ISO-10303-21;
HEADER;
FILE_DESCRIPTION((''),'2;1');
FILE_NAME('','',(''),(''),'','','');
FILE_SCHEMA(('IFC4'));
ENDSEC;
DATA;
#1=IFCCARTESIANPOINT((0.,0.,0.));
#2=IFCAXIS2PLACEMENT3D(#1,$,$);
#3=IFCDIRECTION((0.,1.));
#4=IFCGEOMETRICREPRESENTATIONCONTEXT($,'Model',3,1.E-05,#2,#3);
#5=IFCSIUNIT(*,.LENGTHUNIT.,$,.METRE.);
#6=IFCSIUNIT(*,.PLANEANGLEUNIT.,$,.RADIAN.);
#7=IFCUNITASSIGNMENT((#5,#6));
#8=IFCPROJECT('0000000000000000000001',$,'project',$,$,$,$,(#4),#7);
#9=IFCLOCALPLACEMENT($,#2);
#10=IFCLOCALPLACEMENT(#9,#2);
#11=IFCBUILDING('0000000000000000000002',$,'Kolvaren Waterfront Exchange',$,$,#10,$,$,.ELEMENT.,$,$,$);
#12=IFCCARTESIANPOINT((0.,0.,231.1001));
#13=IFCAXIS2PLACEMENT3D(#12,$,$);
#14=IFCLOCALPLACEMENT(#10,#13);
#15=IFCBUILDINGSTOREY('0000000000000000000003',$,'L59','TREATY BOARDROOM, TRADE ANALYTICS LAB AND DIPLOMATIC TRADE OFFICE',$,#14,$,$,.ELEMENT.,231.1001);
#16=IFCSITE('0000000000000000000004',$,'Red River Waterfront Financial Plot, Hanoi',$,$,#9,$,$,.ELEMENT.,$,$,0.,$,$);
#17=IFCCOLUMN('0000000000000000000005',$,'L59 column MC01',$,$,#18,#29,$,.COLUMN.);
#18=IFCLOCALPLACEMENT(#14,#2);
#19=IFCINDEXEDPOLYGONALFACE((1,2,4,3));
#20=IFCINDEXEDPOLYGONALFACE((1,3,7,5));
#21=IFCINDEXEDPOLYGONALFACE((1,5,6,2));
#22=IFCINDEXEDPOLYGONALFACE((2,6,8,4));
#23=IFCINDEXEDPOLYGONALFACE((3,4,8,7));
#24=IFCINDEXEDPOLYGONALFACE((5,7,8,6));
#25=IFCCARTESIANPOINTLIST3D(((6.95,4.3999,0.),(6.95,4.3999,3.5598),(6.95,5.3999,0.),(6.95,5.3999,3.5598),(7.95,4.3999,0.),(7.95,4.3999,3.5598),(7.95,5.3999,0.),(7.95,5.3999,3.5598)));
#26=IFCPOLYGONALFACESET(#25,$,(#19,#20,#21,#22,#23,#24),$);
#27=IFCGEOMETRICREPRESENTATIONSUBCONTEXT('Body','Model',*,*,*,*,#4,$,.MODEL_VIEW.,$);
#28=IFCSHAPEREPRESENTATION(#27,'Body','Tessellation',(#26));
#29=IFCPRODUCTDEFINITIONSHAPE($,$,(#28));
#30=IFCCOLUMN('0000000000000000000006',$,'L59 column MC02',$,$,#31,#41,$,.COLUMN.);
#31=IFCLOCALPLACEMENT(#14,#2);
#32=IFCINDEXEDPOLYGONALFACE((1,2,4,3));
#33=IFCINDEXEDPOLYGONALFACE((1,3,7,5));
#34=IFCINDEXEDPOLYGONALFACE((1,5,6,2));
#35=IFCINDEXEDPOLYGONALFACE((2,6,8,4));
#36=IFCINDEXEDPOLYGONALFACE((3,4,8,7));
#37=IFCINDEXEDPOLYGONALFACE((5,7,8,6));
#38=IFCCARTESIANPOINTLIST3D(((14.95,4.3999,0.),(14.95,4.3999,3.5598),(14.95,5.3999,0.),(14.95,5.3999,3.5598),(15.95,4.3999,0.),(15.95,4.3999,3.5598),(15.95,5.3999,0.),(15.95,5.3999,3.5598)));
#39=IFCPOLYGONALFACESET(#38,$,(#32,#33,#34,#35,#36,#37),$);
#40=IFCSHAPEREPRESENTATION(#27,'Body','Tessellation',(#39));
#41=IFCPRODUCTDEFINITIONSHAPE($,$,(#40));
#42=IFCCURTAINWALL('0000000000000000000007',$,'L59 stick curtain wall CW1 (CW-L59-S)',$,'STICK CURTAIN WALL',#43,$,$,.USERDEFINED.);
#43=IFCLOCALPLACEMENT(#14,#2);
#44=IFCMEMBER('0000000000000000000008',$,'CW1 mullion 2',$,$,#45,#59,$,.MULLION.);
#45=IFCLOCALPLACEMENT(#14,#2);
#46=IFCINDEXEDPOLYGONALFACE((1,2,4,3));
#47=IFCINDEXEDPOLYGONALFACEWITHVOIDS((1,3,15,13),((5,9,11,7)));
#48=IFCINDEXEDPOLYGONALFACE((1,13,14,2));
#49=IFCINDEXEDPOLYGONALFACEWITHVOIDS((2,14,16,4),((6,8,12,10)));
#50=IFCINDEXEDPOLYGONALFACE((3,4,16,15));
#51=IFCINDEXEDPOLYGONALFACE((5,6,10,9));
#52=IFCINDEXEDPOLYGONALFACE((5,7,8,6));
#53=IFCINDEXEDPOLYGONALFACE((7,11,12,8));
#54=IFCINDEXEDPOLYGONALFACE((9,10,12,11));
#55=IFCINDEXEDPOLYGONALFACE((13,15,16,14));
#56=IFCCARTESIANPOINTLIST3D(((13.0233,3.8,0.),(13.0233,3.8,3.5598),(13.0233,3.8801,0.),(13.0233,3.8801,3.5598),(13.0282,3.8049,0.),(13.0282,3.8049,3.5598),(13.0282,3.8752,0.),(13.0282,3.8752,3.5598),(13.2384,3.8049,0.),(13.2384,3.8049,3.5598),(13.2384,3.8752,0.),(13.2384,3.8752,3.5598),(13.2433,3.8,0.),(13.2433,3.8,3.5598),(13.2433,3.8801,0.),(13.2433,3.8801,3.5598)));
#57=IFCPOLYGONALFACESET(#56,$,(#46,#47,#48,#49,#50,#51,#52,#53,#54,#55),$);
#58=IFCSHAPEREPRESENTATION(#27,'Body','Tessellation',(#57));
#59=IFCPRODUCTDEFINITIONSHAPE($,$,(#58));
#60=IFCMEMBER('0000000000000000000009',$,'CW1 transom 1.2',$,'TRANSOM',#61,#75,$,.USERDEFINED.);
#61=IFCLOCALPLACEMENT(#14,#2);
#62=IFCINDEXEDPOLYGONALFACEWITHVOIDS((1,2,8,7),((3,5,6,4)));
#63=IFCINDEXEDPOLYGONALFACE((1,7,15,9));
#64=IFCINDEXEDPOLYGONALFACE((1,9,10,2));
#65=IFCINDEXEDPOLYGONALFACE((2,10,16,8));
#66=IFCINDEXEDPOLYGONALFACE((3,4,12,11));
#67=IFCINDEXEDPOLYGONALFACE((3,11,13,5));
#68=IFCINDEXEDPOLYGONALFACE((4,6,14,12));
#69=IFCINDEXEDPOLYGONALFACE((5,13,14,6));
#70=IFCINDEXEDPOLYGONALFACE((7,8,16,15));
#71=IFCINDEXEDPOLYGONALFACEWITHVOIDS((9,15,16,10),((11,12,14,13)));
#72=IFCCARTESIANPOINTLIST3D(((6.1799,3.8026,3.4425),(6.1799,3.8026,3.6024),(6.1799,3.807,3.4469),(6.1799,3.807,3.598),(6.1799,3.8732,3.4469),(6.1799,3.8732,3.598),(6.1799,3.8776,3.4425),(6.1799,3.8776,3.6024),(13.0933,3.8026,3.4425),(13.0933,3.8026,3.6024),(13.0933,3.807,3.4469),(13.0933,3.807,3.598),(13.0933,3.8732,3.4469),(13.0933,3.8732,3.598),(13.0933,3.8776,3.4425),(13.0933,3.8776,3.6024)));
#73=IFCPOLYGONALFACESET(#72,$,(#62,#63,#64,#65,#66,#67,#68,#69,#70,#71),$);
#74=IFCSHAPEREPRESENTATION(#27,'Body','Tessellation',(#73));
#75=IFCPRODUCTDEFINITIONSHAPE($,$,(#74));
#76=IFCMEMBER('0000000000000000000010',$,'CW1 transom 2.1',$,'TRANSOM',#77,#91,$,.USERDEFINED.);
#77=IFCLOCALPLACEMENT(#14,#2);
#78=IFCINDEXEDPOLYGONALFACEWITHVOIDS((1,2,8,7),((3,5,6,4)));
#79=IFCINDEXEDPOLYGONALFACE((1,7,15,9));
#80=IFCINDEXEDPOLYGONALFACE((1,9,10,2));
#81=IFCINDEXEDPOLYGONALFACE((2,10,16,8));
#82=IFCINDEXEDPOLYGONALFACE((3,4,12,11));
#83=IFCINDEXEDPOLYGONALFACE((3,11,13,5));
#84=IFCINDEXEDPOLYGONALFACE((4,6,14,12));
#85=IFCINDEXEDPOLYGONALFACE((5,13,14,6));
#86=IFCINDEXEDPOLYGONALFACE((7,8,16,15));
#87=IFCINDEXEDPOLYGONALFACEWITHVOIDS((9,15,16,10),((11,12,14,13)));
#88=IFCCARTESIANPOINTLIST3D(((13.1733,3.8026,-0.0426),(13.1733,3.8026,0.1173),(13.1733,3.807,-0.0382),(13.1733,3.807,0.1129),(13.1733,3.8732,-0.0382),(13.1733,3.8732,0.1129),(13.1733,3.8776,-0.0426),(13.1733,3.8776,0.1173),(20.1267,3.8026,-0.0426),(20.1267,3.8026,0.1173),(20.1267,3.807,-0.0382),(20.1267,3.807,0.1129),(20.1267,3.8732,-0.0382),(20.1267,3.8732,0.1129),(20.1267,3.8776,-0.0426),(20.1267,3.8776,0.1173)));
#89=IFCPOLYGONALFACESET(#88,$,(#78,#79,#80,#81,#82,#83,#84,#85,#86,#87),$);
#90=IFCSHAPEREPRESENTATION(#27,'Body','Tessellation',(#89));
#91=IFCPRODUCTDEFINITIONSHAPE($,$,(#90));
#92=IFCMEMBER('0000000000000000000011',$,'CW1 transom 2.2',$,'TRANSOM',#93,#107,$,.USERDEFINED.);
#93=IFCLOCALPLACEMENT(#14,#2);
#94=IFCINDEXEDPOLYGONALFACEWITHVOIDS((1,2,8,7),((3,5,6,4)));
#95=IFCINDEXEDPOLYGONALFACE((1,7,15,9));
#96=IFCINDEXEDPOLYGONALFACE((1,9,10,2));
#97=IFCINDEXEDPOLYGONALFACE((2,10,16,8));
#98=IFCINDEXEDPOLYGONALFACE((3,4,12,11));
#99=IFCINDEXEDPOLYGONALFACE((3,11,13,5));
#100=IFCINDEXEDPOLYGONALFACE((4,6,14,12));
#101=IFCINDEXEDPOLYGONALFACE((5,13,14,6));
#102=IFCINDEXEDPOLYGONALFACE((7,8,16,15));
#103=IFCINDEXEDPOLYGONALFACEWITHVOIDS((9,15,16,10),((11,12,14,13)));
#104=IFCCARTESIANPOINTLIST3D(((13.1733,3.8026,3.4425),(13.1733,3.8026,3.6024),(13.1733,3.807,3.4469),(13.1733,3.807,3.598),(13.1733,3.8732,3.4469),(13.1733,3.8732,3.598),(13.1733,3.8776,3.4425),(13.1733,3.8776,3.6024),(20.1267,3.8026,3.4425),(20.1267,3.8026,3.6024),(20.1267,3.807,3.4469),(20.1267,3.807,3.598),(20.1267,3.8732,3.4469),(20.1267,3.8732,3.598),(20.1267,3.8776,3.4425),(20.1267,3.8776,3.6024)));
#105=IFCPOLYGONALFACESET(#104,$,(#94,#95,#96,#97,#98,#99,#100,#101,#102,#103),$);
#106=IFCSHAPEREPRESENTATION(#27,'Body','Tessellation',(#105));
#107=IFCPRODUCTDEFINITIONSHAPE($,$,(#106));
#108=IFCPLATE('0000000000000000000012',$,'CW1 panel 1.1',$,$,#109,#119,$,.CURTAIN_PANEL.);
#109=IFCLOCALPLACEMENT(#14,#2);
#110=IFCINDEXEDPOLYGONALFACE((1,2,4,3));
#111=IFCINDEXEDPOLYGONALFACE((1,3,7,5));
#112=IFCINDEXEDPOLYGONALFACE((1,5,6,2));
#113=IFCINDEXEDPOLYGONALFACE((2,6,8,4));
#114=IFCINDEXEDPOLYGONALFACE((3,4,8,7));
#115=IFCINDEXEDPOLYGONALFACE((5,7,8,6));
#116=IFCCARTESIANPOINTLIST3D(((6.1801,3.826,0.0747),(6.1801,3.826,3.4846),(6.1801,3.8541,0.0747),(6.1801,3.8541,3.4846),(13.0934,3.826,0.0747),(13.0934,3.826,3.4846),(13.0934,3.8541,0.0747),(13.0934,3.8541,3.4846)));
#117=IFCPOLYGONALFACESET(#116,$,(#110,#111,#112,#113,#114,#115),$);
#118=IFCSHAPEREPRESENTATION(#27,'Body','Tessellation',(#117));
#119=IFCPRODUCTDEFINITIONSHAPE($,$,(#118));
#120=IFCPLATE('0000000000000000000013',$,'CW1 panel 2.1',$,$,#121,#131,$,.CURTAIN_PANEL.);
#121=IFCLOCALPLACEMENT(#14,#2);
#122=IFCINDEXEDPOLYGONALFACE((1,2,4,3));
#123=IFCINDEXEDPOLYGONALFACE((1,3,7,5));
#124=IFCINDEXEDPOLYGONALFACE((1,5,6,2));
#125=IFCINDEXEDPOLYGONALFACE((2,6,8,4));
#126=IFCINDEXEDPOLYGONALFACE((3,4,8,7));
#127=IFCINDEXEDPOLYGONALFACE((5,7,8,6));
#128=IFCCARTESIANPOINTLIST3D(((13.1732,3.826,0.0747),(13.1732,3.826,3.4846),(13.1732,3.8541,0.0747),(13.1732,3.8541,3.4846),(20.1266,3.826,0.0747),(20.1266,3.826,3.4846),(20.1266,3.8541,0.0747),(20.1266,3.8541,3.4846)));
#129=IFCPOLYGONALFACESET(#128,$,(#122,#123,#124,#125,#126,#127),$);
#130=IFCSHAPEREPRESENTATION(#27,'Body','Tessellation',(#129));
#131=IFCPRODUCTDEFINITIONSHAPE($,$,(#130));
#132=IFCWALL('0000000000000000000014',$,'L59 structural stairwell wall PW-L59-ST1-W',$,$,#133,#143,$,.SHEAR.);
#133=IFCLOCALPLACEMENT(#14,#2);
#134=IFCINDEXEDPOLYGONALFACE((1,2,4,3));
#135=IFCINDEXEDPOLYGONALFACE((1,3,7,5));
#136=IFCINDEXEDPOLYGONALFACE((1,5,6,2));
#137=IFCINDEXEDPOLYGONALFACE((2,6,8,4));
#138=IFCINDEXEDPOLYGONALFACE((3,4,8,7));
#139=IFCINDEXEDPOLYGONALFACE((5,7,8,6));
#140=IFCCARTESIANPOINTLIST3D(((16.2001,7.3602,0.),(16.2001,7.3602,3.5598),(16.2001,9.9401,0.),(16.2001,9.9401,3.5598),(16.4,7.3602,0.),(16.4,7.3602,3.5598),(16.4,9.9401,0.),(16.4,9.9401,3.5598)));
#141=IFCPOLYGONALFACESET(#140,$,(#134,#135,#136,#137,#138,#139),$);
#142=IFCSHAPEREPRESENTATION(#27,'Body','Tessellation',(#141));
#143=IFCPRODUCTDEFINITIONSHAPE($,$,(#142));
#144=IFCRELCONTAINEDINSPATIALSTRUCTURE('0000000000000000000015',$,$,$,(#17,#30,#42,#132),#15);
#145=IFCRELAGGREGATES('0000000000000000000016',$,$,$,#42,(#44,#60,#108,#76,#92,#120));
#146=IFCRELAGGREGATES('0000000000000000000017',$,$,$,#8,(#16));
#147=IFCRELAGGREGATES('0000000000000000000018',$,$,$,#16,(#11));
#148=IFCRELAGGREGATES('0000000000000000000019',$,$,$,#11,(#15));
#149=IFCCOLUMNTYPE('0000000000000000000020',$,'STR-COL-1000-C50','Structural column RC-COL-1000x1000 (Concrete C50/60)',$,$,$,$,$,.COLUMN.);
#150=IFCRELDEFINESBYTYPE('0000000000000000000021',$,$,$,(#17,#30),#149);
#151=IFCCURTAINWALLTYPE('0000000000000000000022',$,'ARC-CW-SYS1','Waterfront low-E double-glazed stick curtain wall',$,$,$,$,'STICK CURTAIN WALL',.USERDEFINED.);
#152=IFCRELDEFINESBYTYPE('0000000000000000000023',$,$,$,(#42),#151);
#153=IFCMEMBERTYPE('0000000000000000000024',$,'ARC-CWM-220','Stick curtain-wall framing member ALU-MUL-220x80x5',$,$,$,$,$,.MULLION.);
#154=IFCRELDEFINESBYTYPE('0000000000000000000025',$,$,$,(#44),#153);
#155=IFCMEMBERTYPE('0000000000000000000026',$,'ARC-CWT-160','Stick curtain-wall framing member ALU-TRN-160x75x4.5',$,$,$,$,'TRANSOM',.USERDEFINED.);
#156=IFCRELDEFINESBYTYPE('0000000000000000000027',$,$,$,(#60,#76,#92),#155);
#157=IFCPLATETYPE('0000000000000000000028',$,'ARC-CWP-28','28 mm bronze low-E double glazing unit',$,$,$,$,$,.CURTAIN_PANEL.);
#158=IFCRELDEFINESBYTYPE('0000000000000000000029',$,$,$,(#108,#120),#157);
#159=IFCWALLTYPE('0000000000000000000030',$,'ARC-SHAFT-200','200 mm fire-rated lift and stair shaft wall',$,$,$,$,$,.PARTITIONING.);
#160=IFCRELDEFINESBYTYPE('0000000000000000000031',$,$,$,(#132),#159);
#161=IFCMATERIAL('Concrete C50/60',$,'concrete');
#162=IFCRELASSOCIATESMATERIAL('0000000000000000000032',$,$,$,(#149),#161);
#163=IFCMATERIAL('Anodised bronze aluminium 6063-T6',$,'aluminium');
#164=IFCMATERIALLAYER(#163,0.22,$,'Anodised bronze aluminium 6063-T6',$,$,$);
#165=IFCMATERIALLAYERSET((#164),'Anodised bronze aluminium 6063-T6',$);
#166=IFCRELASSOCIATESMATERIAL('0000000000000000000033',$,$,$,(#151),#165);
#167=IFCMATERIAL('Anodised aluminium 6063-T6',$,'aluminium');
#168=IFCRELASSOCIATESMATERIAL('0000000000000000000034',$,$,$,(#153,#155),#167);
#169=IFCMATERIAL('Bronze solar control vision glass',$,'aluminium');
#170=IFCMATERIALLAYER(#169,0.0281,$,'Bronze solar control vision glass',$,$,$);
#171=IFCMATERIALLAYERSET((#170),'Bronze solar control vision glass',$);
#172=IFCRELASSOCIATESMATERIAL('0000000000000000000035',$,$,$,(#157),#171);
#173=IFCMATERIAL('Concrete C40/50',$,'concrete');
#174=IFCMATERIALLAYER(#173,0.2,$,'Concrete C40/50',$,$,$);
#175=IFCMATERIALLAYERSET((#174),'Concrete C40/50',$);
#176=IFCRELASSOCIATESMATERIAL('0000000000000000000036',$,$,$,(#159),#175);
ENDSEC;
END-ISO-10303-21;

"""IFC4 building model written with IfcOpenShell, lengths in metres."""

from ifc_helpers import new_model, si_unit, direction, frame, frame_2d, origin, origin_with_axes, origin_2d, place, context, subcontext, project, spatial, rectangle, hollow_rectangle, extrude, source, transform, mapped, material, layer, layer_set, material_profile, profile_set, type_object, element, aggregate, save


model = new_model("IFC4")

# Units and contexts
model_context = context("Model", 3, precision=1e-05, world=origin(), true_north=direction((0.0, 1.0)))
body_context = subcontext(model_context, "Body", "Model", "MODEL_VIEW")
ifc_project = project(units=[si_unit("LENGTHUNIT", "METRE"), si_unit("PLANEANGLEUNIT", "RADIAN")], contexts=[model_context])

# Site, building, storey
site_placement = place(None, origin())
site = spatial("IfcSite", under=ifc_project, at=site_placement, Name="Red River Waterfront Financial Plot, Hanoi", CompositionType="ELEMENT", RefElevation=0.0)
building_placement = place(site_placement, origin())
building = spatial("IfcBuilding", under=site, at=building_placement, Name="Kolvaren Waterfront Exchange", CompositionType="ELEMENT")
storey_placement = place(building_placement, frame((0.0, 0.0, 231.1001)))
storey = spatial("IfcBuildingStorey", under=building, at=storey_placement, Name="L59", Description="TREATY BOARDROOM, TRADE ANALYTICS LAB AND DIPLOMATIC TRADE OFFICE", CompositionType="ELEMENT", Elevation=231.1001)

# Columns
ifc_material_1 = material(Name="Concrete C50/60", Category="concrete")
ifc_material_profile_1 = material_profile(ifc_material_1, rectangle(XDim=1.0, YDim=1.0, at=origin_2d()), Name="RC-COL-1000x1000")
ifc_profile_set_1 = profile_set([ifc_material_profile_1], Name="Concrete C50/60")
column_type = type_object("IfcColumnType", Name="STR-COL-1000-C50", Description="Structural column RC-COL-1000x1000 (Concrete C50/60)", PredefinedType="COLUMN", material=ifc_profile_set_1)
for number, where, z_axis, x_axis, name in (
    (1, (7.45, 4.8999, 0.0), (0.0, 0.0, 1.0), (1.0, 0.0, 0.0), "L59 column MC01"),
    (2, (15.45, 4.8999, 0.0), (0.0, 0.0, 1.0), (1.0, 0.0, 0.0), "L59 column MC02"),
):
    element("IfcColumn", number, at=place(storey_placement, frame(where, z_axis=z_axis, x_axis=x_axis)), inside=storey, type_object=column_type, Name=name, PredefinedType="COLUMN", context=body_context, shape_type="SweptSolid", body=[
        extrude(rectangle(XDim=1.0, YDim=1.0, at=origin_2d()), origin(), (0.0, 0.0, 1.0), 3.5598),
    ])

# Curtain wall, members, plates
ifc_material_2 = material(Name="Anodised bronze aluminium 6063-T6", Category="aluminium")
ifc_layer_1 = layer(ifc_material_2, 0.22, Name="Anodised bronze aluminium 6063-T6")
ifc_layer_set_1 = layer_set([ifc_layer_1], Name="Anodised bronze aluminium 6063-T6")
curtain_wall_type = type_object("IfcCurtainWallType", Name="ARC-CW-SYS1", Description="Waterfront low-E double-glazed stick curtain wall", ElementType="STICK CURTAIN WALL", PredefinedType="USERDEFINED", material=ifc_layer_set_1)
curtain_wall_placement = place(storey_placement, origin())
curtain_wall = element("IfcCurtainWall", 3, at=curtain_wall_placement, inside=storey, type_object=curtain_wall_type, Name="L59 stick curtain wall CW1 (CW-L59-S)", ObjectType="STICK CURTAIN WALL", PredefinedType="USERDEFINED")
ifc_material_3 = material(Name="Anodised aluminium 6063-T6", Category="aluminium")
ifc_material_profile_2 = material_profile(ifc_material_3, hollow_rectangle(XDim=0.0801, YDim=0.22, WallThickness=0.0049, at=origin_2d()), Name="ALU-MUL-220x80x5")
ifc_profile_set_2 = profile_set([ifc_material_profile_2], Name="Anodised aluminium 6063-T6")
member_type_1 = type_object("IfcMemberType", Name="ARC-CWM-220", Description="Stick curtain-wall framing member ALU-MUL-220x80x5", PredefinedType="MULLION", material=ifc_profile_set_2)
shared_shape_1 = source(origin_with_axes(), body_context, "Body", "SweptSolid", [
    extrude(hollow_rectangle(XDim=0.0801, YDim=0.22, WallThickness=0.0049, at=origin_2d()), origin(), (0.0, 0.0, 1.0), 3.5598),
])
member_1_placement = place(storey_placement, frame((13.1333, 3.8401, 0.0), z_axis=(0.0, 0.0, 1.0), x_axis=(0.0, 1.0, 0.0)))
member_1 = element("IfcMember", 4, at=member_1_placement, type_object=member_type_1, Name="CW1 mullion 2", PredefinedType="MULLION", context=body_context, shape_type="MappedRepresentation", body=[
    mapped(shared_shape_1, transform((0.0, 0.0, 0.0), x_axis=(1.0, 0.0, 0.0), y_axis=(0.0, 1.0, 0.0), z_axis=(0.0, 0.0, 1.0), scale=1.0)),
])
ifc_material_profile_3 = material_profile(ifc_material_3, hollow_rectangle(XDim=0.075, YDim=0.1599, WallThickness=0.0044, at=origin_2d()), Name="ALU-TRN-160x75x4.5")
ifc_profile_set_3 = profile_set([ifc_material_profile_3], Name="Anodised aluminium 6063-T6")
member_type_2 = type_object("IfcMemberType", Name="ARC-CWT-160", Description="Stick curtain-wall framing member ALU-TRN-160x75x4.5", ElementType="TRANSOM", PredefinedType="USERDEFINED", material=ifc_profile_set_3)
shared_shape_2 = source(origin_with_axes(), body_context, "Body", "SweptSolid", [
    extrude(hollow_rectangle(XDim=0.075, YDim=0.1599, WallThickness=0.0044, at=origin_2d()), origin(), (0.0, 0.0, 1.0), 6.9133),
])
member_2_placement = place(storey_placement, frame((6.1799, 3.8401, 3.5225), z_axis=(1.0, 0.0, 0.0), x_axis=(0.0, 1.0, 0.0)))
member_2 = element("IfcMember", 5, at=member_2_placement, type_object=member_type_2, Name="CW1 transom 1.2", ObjectType="TRANSOM", PredefinedType="USERDEFINED", context=body_context, shape_type="MappedRepresentation", body=[
    mapped(shared_shape_2, transform((0.0, 0.0, 0.0), x_axis=(1.0, 0.0, 0.0), y_axis=(0.0, 1.0, 0.0), z_axis=(0.0, 0.0, 1.0), scale=1.0)),
])
shared_shape_3 = source(origin_with_axes(), body_context, "Body", "SweptSolid", [
    extrude(hollow_rectangle(XDim=0.075, YDim=0.1599, WallThickness=0.0044, at=origin_2d()), origin(), (0.0, 0.0, 1.0), 6.9534),
])
member_3_placement = place(storey_placement, frame((13.1733, 3.8401, 0.0374), z_axis=(1.0, 0.0, 0.0), x_axis=(0.0, 1.0, 0.0)))
member_3 = element("IfcMember", 6, at=member_3_placement, type_object=member_type_2, Name="CW1 transom 2.1", ObjectType="TRANSOM", PredefinedType="USERDEFINED", context=body_context, shape_type="MappedRepresentation", body=[
    mapped(shared_shape_3, transform((0.0, 0.0, 0.0), x_axis=(1.0, 0.0, 0.0), y_axis=(0.0, 1.0, 0.0), z_axis=(0.0, 0.0, 1.0), scale=1.0)),
])
member_4_placement = place(storey_placement, frame((13.1733, 3.8401, 3.5225), z_axis=(1.0, 0.0, 0.0), x_axis=(0.0, 1.0, 0.0)))
member_4 = element("IfcMember", 7, at=member_4_placement, type_object=member_type_2, Name="CW1 transom 2.2", ObjectType="TRANSOM", PredefinedType="USERDEFINED", context=body_context, shape_type="MappedRepresentation", body=[
    mapped(shared_shape_3, transform((0.0, 0.0, 0.0), x_axis=(1.0, 0.0, 0.0), y_axis=(0.0, 1.0, 0.0), z_axis=(0.0, 0.0, 1.0), scale=1.0)),
])
ifc_material_4 = material(Name="Bronze solar control vision glass", Category="aluminium")
ifc_layer_2 = layer(ifc_material_4, 0.0281, Name="Bronze solar control vision glass")
ifc_layer_set_2 = layer_set([ifc_layer_2], Name="Bronze solar control vision glass")
plate_type = type_object("IfcPlateType", Name="ARC-CWP-28", Description="28 mm bronze low-E double glazing unit", PredefinedType="CURTAIN_PANEL", material=ifc_layer_set_2)
shared_shape_4 = source(origin_with_axes(), body_context, "Body", "SweptSolid", [
    extrude(rectangle(XDim=6.9133, YDim=0.0281, at=origin_2d()), origin(), (0.0, 0.0, 1.0), 3.4099),
])
plate_1_placement = place(storey_placement, frame((9.6367, 3.8401, 0.0747), z_axis=(0.0, 0.0, 1.0), x_axis=(1.0, 0.0, 0.0)))
plate_1 = element("IfcPlate", 8, at=plate_1_placement, type_object=plate_type, Name="CW1 panel 1.1", PredefinedType="CURTAIN_PANEL", context=body_context, shape_type="MappedRepresentation", body=[
    mapped(shared_shape_4, transform((0.0, 0.0, 0.0), x_axis=(1.0, 0.0, 0.0), y_axis=(0.0, 1.0, 0.0), z_axis=(0.0, 0.0, 1.0), scale=1.0)),
])
shared_shape_5 = source(origin_with_axes(), body_context, "Body", "SweptSolid", [
    extrude(rectangle(XDim=6.9534, YDim=0.0281, at=origin_2d()), origin(), (0.0, 0.0, 1.0), 3.4099),
])
plate_2_placement = place(storey_placement, frame((16.6499, 3.8401, 0.0747), z_axis=(0.0, 0.0, 1.0), x_axis=(1.0, 0.0, 0.0)))
plate_2 = element("IfcPlate", 9, at=plate_2_placement, type_object=plate_type, Name="CW1 panel 2.1", PredefinedType="CURTAIN_PANEL", context=body_context, shape_type="MappedRepresentation", body=[
    mapped(shared_shape_5, transform((0.0, 0.0, 0.0), x_axis=(1.0, 0.0, 0.0), y_axis=(0.0, 1.0, 0.0), z_axis=(0.0, 0.0, 1.0), scale=1.0)),
])
aggregate(curtain_wall, [member_1, member_2, plate_1, member_3, member_4, plate_2])

# Wall
ifc_material_5 = material(Name="Concrete C40/50", Category="concrete")
ifc_layer_3 = layer(ifc_material_5, 0.2, Name="Concrete C40/50")
ifc_layer_set_3 = layer_set([ifc_layer_3], Name="Concrete C40/50")
wall_type_1 = type_object("IfcWallType", Name="ARC-SHAFT-200", Description="200 mm fire-rated lift and stair shaft wall", PredefinedType="PARTITIONING", material=ifc_layer_set_3)
wall_1_placement = place(storey_placement, frame((16.3, 7.3601, 0.0), z_axis=(0.0, 0.0, 1.0), x_axis=(0.0, 1.0, 0.0)))
element("IfcWall", 10, at=wall_1_placement, inside=storey, type_object=wall_type_1, Name="L59 structural stairwell wall PW-L59-ST1-W", PredefinedType="SHEAR", context=body_context, shape_type="SweptSolid", body=[
    extrude(rectangle(XDim=2.5798, YDim=0.2, at=frame_2d((1.29, 0.0))), origin(), (0.0, 0.0, 1.0), 3.5598),
])

save(model, "model.ifc")
